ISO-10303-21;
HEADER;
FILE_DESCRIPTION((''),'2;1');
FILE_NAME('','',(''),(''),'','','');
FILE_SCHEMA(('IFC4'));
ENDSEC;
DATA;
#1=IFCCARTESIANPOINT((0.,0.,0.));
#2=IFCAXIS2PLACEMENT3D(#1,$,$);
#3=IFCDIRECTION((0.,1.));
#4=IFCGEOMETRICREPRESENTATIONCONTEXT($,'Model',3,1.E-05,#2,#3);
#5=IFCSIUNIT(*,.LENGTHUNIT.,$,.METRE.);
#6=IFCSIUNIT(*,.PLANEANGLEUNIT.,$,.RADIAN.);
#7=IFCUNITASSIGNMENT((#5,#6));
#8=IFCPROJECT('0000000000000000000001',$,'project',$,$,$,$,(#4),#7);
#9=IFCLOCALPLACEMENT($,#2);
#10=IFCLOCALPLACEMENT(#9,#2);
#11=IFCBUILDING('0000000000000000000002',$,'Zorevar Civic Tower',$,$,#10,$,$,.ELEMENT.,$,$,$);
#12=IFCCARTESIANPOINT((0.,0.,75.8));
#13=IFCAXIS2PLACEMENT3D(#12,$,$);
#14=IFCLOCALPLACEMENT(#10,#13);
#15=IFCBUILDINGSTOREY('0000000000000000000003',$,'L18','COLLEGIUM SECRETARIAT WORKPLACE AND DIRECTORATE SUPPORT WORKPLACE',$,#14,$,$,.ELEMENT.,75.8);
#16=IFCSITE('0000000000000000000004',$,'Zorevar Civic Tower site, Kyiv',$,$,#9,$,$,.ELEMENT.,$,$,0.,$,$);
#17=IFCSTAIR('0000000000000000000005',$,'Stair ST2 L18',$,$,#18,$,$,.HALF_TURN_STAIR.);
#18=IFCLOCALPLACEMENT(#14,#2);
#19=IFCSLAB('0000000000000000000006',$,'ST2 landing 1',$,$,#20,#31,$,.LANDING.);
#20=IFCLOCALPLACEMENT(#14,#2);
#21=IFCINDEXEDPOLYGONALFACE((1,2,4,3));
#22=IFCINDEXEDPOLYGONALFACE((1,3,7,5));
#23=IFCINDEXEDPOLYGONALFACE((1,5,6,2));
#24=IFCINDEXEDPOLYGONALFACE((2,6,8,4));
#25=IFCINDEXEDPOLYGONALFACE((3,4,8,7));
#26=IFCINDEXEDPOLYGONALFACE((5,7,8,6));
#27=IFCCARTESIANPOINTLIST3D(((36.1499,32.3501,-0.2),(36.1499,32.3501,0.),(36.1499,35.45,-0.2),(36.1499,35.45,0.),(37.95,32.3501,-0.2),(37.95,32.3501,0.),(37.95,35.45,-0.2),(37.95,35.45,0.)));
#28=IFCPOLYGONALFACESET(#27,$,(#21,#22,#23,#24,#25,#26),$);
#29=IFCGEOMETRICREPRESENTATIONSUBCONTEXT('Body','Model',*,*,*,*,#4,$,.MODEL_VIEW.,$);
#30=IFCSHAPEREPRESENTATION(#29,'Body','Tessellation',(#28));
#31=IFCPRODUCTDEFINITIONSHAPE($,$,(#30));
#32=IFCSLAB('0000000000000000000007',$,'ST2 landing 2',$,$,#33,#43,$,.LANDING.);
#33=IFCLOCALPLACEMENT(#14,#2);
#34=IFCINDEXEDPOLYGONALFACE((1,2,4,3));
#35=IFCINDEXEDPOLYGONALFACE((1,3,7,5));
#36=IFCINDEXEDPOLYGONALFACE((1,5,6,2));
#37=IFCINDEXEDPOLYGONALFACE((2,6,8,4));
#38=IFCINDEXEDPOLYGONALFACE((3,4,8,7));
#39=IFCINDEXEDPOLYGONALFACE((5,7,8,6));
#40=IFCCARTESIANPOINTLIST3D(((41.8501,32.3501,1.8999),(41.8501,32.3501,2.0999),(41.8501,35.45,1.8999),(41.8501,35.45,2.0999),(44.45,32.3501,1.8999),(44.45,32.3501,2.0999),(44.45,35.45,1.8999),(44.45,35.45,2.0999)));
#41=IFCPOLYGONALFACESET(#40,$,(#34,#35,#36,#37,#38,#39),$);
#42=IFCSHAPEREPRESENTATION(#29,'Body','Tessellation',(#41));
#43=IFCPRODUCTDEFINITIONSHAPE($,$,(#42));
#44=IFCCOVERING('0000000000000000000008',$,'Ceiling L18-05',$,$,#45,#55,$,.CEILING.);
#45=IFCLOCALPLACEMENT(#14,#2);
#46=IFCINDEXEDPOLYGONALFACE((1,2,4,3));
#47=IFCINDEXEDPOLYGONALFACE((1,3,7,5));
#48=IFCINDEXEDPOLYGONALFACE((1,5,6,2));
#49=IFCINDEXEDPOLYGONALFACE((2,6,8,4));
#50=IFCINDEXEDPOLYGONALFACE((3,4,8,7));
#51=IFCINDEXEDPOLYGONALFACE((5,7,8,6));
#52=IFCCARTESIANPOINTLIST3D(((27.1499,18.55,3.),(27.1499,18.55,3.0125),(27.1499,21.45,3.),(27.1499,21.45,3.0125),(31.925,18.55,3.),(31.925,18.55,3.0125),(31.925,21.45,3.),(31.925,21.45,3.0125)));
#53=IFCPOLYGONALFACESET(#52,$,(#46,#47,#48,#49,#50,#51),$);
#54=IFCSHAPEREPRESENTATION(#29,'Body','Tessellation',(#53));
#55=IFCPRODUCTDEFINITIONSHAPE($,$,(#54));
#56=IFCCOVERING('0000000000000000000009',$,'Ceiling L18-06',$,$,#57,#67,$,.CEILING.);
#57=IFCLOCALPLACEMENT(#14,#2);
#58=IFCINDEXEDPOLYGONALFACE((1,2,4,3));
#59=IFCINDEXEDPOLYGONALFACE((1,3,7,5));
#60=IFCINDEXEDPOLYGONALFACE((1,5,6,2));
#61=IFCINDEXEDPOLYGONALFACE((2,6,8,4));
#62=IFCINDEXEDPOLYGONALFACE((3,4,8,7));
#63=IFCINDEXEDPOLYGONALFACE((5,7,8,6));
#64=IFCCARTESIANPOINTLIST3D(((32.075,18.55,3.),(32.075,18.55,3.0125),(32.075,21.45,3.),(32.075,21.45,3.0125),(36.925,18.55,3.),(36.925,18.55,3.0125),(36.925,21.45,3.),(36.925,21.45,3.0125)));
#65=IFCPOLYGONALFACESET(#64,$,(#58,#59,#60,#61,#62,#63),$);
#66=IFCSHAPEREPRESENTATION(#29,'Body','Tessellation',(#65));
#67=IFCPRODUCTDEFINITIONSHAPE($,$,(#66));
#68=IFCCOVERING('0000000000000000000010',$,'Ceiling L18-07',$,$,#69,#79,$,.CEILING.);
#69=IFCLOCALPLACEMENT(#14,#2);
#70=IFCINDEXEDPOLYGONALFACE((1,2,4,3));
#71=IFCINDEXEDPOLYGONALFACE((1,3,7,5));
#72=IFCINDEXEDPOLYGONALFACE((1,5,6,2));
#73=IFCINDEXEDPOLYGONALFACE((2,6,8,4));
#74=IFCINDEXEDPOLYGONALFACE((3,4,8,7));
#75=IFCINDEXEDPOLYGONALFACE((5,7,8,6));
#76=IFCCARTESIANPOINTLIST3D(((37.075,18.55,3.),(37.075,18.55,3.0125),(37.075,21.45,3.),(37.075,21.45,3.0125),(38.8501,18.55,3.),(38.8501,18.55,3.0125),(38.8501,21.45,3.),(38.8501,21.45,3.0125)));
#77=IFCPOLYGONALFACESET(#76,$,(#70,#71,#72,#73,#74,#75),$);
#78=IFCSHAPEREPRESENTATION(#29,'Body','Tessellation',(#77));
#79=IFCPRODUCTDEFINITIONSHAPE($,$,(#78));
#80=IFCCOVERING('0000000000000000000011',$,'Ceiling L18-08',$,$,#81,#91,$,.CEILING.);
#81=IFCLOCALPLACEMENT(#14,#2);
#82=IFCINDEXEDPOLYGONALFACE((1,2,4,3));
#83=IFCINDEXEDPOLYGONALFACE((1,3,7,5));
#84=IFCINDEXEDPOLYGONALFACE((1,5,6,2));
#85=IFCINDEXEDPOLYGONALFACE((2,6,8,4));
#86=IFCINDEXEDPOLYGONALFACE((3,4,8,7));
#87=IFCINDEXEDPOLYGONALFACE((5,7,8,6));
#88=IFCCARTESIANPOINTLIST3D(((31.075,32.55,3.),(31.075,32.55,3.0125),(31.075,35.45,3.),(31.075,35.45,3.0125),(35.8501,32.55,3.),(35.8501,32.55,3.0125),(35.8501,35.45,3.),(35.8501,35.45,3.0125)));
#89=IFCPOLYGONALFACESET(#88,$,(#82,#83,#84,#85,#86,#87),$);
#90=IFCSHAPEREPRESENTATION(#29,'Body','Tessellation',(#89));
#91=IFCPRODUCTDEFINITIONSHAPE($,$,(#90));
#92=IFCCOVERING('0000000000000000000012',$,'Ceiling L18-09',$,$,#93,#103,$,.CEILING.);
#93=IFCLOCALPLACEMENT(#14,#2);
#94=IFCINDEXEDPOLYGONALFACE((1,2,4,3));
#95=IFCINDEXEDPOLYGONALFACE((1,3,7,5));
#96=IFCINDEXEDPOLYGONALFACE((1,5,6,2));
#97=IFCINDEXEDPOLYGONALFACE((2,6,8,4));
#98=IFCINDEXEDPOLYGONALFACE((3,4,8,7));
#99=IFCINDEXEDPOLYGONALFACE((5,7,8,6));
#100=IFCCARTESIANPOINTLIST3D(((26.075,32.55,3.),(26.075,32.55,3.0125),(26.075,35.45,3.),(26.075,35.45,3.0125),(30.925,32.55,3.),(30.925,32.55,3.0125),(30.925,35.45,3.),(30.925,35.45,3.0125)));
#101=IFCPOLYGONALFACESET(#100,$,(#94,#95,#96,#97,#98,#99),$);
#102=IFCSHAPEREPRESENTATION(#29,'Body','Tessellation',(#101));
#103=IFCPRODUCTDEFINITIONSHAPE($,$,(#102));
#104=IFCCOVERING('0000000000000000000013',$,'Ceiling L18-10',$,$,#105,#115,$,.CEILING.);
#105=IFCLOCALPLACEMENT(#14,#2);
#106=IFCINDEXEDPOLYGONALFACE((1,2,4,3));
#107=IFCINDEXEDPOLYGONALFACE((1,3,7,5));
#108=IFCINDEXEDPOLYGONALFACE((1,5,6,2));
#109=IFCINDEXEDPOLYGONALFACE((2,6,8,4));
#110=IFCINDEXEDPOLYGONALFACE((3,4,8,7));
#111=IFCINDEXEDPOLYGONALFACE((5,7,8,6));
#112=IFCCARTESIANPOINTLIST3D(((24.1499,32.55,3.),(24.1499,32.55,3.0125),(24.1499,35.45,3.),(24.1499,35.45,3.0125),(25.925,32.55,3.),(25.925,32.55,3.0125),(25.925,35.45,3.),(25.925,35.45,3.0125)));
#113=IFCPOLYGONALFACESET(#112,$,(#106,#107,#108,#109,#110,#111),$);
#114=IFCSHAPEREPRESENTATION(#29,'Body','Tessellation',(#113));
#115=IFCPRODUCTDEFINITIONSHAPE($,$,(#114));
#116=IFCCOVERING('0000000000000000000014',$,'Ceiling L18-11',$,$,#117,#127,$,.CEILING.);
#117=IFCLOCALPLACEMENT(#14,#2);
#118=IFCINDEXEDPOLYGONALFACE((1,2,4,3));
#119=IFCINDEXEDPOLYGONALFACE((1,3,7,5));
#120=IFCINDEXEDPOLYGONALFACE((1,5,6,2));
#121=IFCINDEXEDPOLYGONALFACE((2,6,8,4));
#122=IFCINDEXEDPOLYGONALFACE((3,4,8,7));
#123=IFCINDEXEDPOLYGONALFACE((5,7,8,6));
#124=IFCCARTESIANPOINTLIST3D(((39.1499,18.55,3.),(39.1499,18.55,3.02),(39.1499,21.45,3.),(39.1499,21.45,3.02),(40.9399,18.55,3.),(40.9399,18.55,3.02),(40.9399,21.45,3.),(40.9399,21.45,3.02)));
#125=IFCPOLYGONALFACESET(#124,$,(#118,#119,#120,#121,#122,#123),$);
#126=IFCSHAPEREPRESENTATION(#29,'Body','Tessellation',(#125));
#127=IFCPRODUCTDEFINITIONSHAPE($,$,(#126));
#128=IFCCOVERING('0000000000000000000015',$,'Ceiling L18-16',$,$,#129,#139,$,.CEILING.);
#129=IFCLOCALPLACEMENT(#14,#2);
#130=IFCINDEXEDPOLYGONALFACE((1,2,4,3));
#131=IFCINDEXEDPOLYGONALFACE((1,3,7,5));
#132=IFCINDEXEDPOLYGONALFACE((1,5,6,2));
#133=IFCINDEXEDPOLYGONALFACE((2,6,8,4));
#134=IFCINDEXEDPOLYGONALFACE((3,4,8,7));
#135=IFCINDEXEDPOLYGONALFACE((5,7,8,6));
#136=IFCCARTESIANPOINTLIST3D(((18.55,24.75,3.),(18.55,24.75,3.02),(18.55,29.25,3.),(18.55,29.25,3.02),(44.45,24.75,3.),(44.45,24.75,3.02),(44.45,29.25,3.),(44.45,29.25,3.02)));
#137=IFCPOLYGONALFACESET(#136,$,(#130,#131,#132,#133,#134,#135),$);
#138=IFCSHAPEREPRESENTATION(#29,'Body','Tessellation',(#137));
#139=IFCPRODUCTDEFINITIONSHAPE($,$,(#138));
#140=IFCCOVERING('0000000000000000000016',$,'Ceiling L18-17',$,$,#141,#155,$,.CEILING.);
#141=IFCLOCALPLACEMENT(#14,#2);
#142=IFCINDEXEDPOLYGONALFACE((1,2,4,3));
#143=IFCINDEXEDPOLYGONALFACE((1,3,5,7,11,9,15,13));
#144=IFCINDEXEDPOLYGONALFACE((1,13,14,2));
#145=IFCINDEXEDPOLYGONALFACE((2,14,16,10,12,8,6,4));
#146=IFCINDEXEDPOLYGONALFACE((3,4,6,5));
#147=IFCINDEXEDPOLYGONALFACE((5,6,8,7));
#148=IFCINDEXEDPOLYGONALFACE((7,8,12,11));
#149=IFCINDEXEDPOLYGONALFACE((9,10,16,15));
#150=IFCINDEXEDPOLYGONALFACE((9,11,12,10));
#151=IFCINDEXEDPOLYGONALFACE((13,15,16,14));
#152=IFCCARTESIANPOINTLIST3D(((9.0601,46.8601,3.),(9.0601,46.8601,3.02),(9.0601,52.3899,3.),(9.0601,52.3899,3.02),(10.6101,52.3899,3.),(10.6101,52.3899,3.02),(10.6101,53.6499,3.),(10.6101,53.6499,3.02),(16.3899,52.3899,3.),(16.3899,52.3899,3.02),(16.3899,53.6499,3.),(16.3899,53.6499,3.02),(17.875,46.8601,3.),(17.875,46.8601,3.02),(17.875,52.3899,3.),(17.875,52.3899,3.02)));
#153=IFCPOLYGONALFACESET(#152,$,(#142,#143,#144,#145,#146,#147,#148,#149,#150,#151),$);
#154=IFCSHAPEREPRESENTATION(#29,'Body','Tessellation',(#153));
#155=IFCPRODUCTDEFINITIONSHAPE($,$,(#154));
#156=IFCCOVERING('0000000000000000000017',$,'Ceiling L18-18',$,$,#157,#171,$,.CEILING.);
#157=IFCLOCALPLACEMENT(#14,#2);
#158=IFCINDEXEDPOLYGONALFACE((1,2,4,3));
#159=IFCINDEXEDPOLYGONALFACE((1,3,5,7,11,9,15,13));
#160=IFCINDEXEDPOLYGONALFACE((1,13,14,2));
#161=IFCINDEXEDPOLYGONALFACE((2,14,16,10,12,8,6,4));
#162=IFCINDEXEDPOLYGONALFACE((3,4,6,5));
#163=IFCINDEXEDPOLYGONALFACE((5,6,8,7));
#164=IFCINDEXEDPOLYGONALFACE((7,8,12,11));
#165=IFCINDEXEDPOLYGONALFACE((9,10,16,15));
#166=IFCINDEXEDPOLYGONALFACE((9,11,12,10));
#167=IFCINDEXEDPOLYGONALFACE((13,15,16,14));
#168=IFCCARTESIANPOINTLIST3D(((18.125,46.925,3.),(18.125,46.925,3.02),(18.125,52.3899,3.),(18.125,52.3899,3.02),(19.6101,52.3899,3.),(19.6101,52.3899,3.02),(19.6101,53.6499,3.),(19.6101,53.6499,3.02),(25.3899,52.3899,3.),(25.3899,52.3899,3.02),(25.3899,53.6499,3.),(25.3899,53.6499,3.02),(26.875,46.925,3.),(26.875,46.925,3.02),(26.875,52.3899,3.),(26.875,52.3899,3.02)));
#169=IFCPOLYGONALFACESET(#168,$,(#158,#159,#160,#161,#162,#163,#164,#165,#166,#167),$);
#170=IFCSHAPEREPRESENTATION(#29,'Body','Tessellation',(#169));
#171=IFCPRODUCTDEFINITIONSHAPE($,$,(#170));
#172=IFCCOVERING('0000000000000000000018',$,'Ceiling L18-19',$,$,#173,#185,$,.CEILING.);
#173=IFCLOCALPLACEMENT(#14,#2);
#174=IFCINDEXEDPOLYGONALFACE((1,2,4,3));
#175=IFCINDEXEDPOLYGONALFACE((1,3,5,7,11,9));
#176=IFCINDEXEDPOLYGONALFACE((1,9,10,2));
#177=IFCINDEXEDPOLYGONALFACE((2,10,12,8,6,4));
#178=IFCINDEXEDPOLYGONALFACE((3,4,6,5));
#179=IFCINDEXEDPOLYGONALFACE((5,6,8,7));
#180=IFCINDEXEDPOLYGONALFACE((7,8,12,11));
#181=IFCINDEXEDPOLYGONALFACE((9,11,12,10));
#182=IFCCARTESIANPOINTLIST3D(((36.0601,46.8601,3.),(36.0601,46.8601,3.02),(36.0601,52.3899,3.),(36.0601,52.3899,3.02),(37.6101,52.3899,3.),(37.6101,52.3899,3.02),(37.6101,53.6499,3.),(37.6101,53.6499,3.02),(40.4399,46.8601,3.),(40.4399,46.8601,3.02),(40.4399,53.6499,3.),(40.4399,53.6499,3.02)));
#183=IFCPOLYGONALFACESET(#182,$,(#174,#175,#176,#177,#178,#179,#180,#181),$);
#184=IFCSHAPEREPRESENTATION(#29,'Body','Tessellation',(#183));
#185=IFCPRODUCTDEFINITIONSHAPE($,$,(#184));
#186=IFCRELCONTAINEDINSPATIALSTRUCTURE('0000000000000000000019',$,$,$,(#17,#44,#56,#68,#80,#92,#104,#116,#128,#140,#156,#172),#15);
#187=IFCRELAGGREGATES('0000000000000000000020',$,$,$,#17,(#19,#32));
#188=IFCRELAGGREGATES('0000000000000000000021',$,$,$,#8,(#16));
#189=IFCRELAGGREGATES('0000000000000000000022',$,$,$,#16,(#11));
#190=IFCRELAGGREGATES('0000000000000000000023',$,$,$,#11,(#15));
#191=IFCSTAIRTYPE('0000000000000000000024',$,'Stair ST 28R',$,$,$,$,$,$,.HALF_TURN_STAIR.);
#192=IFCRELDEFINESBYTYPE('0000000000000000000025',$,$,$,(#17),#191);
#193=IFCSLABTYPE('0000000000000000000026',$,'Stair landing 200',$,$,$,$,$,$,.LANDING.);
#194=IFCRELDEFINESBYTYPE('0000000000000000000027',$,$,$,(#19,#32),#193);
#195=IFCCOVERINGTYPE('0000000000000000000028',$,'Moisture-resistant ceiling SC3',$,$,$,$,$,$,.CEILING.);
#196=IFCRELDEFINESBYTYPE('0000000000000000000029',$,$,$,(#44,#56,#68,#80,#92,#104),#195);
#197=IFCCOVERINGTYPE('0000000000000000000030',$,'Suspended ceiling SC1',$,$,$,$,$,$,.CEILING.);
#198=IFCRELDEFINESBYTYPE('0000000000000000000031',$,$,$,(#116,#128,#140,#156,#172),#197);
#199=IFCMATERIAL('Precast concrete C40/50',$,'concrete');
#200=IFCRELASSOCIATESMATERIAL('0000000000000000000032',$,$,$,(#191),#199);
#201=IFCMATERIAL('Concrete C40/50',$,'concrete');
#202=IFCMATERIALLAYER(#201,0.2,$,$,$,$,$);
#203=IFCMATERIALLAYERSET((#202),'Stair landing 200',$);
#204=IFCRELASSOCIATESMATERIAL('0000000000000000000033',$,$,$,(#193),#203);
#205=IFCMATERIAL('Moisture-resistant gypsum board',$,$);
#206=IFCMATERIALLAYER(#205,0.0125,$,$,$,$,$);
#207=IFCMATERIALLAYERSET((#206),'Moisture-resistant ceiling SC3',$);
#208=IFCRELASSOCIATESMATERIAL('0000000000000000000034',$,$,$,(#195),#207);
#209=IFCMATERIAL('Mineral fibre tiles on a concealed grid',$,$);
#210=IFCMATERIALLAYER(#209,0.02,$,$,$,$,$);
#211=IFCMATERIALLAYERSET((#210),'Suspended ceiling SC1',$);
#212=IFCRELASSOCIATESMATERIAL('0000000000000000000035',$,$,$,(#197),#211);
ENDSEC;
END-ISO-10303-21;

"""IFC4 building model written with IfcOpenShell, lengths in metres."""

from ifc_helpers import new_model, si_unit, direction, frame, origin, place, context, subcontext, project, spatial, polyline, outline, extrude, material, layer, layer_set, type_object, element, aggregate, save


model = new_model("IFC4")

# Units and contexts
model_context = context("Model", 3, precision=1e-05, world=origin(), true_north=direction((0.0, 1.0)))
body_context = subcontext(model_context, "Body", "Model", "MODEL_VIEW")
ifc_project = project(units=[si_unit("LENGTHUNIT", "METRE"), si_unit("PLANEANGLEUNIT", "RADIAN")], contexts=[model_context])

# Site, building, storey
site_placement = place(None, origin())
site = spatial("IfcSite", under=ifc_project, at=site_placement, Name="Zorevar Civic Tower site, Kyiv", CompositionType="ELEMENT", RefElevation=0.0)
building_placement = place(site_placement, origin())
building = spatial("IfcBuilding", under=site, at=building_placement, Name="Zorevar Civic Tower", CompositionType="ELEMENT")
storey_placement = place(building_placement, frame((0.0, 0.0, 75.8)))
storey = spatial("IfcBuildingStorey", under=building, at=storey_placement, Name="L18", Description="COLLEGIUM SECRETARIAT WORKPLACE AND DIRECTORATE SUPPORT WORKPLACE", CompositionType="ELEMENT", Elevation=75.8)

# Stair, slabs
ifc_material_1 = material(Name="Precast concrete C40/50", Category="concrete")
stair_type = type_object("IfcStairType", Name="Stair ST 28R", PredefinedType="HALF_TURN_STAIR", material=ifc_material_1)
ifc_material_2 = material(Name="Concrete C40/50", Category="concrete")
ifc_layer_1 = layer(ifc_material_2, 0.2)
ifc_layer_set_1 = layer_set([ifc_layer_1], Name="Stair landing 200")
slab_type_1 = type_object("IfcSlabType", Name="Stair landing 200", PredefinedType="LANDING", material=ifc_layer_set_1)
stair_1_placement = place(storey_placement, origin())
stair_1 = element("IfcStair", 1, at=stair_1_placement, inside=storey, type_object=stair_type, Name="Stair ST2 L18", PredefinedType="HALF_TURN_STAIR")
slab_1_placement = place(storey_placement, frame((0.0, 0.0, -0.2)))
slab_1 = element("IfcSlab", 2, at=slab_1_placement, type_object=slab_type_1, Name="ST2 landing 1", PredefinedType="LANDING", context=body_context, shape_type="SweptSolid", body=[
    extrude(outline(polyline([(37.95, 32.3501), (36.1499, 32.3501), (36.1499, 35.45), (37.95, 35.45), (37.95, 32.3501)])), origin(), (0.0, 0.0, 1.0), 0.2),
])
slab_2_placement = place(storey_placement, frame((0.0, 0.0, 1.8999)))
slab_2 = element("IfcSlab", 3, at=slab_2_placement, type_object=slab_type_1, Name="ST2 landing 2", PredefinedType="LANDING", context=body_context, shape_type="SweptSolid", body=[
    extrude(outline(polyline([(44.45, 32.3501), (41.8501, 32.3501), (41.8501, 35.45), (44.45, 35.45), (44.45, 32.3501)])), origin(), (0.0, 0.0, 1.0), 0.2),
])
aggregate(stair_1, [slab_1, slab_2])

# Coverings
ifc_material_3 = material(Name="Moisture-resistant gypsum board")
ifc_layer_2 = layer(ifc_material_3, 0.0125)
ifc_layer_set_2 = layer_set([ifc_layer_2], Name="Moisture-resistant ceiling SC3")
covering_type_1 = type_object("IfcCoveringType", Name="Moisture-resistant ceiling SC3", PredefinedType="CEILING", material=ifc_layer_set_2)
covering_1_placement = place(storey_placement, frame((0.0, 0.0, 3.0)))
element("IfcCovering", 4, at=covering_1_placement, inside=storey, type_object=covering_type_1, Name="Ceiling L18-05", PredefinedType="CEILING", context=body_context, shape_type="SweptSolid", body=[
    extrude(outline(polyline([(31.925, 18.55), (31.925, 21.45), (27.1499, 21.45), (27.1499, 18.55), (31.925, 18.55)])), origin(), (0.0, 0.0, 1.0), 0.0125),
])
covering_2_placement = place(storey_placement, frame((0.0, 0.0, 3.0)))
element("IfcCovering", 5, at=covering_2_placement, inside=storey, type_object=covering_type_1, Name="Ceiling L18-06", PredefinedType="CEILING", context=body_context, shape_type="SweptSolid", body=[
    extrude(outline(polyline([(36.925, 18.55), (36.925, 21.45), (32.075, 21.45), (32.075, 18.55), (36.925, 18.55)])), origin(), (0.0, 0.0, 1.0), 0.0125),
])
covering_3_placement = place(storey_placement, frame((0.0, 0.0, 3.0)))
element("IfcCovering", 6, at=covering_3_placement, inside=storey, type_object=covering_type_1, Name="Ceiling L18-07", PredefinedType="CEILING", context=body_context, shape_type="SweptSolid", body=[
    extrude(outline(polyline([(38.8501, 18.55), (38.8501, 21.45), (37.075, 21.45), (37.075, 18.55), (38.8501, 18.55)])), origin(), (0.0, 0.0, 1.0), 0.0125),
])
covering_4_placement = place(storey_placement, frame((0.0, 0.0, 3.0)))
element("IfcCovering", 7, at=covering_4_placement, inside=storey, type_object=covering_type_1, Name="Ceiling L18-08", PredefinedType="CEILING", context=body_context, shape_type="SweptSolid", body=[
    extrude(outline(polyline([(35.8501, 32.55), (35.8501, 35.45), (31.075, 35.45), (31.075, 32.55), (35.8501, 32.55)])), origin(), (0.0, 0.0, 1.0), 0.0125),
])
covering_5_placement = place(storey_placement, frame((0.0, 0.0, 3.0)))
element("IfcCovering", 8, at=covering_5_placement, inside=storey, type_object=covering_type_1, Name="Ceiling L18-09", PredefinedType="CEILING", context=body_context, shape_type="SweptSolid", body=[
    extrude(outline(polyline([(30.925, 32.55), (30.925, 35.45), (26.075, 35.45), (26.075, 32.55), (30.925, 32.55)])), origin(), (0.0, 0.0, 1.0), 0.0125),
])
covering_6_placement = place(storey_placement, frame((0.0, 0.0, 3.0)))
element("IfcCovering", 9, at=covering_6_placement, inside=storey, type_object=covering_type_1, Name="Ceiling L18-10", PredefinedType="CEILING", context=body_context, shape_type="SweptSolid", body=[
    extrude(outline(polyline([(25.925, 32.55), (25.925, 35.45), (24.1499, 35.45), (24.1499, 32.55), (25.925, 32.55)])), origin(), (0.0, 0.0, 1.0), 0.0125),
])
ifc_material_4 = material(Name="Mineral fibre tiles on a concealed grid")
ifc_layer_3 = layer(ifc_material_4, 0.02)
ifc_layer_set_3 = layer_set([ifc_layer_3], Name="Suspended ceiling SC1")
covering_type_2 = type_object("IfcCoveringType", Name="Suspended ceiling SC1", PredefinedType="CEILING", material=ifc_layer_set_3)
covering_7_placement = place(storey_placement, frame((0.0, 0.0, 3.0)))
element("IfcCovering", 10, at=covering_7_placement, inside=storey, type_object=covering_type_2, Name="Ceiling L18-11", PredefinedType="CEILING", context=body_context, shape_type="SweptSolid", body=[
    extrude(outline(polyline([(40.9399, 18.55), (40.9399, 21.45), (39.1499, 21.45), (39.1499, 18.55), (40.9399, 18.55)])), origin(), (0.0, 0.0, 1.0), 0.02),
])
covering_8_placement = place(storey_placement, frame((0.0, 0.0, 3.0)))
element("IfcCovering", 11, at=covering_8_placement, inside=storey, type_object=covering_type_2, Name="Ceiling L18-16", PredefinedType="CEILING", context=body_context, shape_type="SweptSolid", body=[
    extrude(outline(polyline([(44.45, 24.75), (44.45, 29.25), (18.55, 29.25), (18.55, 24.75), (44.45, 24.75)])), origin(), (0.0, 0.0, 1.0), 0.02),
])
covering_9_placement = place(storey_placement, frame((0.0, 0.0, 3.0)))
element("IfcCovering", 12, at=covering_9_placement, inside=storey, type_object=covering_type_2, Name="Ceiling L18-17", PredefinedType="CEILING", context=body_context, shape_type="SweptSolid", body=[
    extrude(outline(polyline([(10.6101, 52.3899), (10.6101, 53.6499), (16.3899, 53.6499), (16.3899, 52.3899), (17.875, 52.3899), (17.875, 46.8601), (9.0601, 46.8601), (9.0601, 52.3899), (10.6101, 52.3899)])), origin(), (0.0, 0.0, 1.0), 0.02),
])
covering_10_placement = place(storey_placement, frame((0.0, 0.0, 3.0)))
element("IfcCovering", 13, at=covering_10_placement, inside=storey, type_object=covering_type_2, Name="Ceiling L18-18", PredefinedType="CEILING", context=body_context, shape_type="SweptSolid", body=[
    extrude(outline(polyline([(19.6101, 52.3899), (19.6101, 53.6499), (25.3899, 53.6499), (25.3899, 52.3899), (26.875, 52.3899), (26.875, 46.925), (18.125, 46.925), (18.125, 52.3899), (19.6101, 52.3899)])), origin(), (0.0, 0.0, 1.0), 0.02),
])
covering_11_placement = place(storey_placement, frame((0.0, 0.0, 3.0)))
element("IfcCovering", 14, at=covering_11_placement, inside=storey, type_object=covering_type_2, Name="Ceiling L18-19", PredefinedType="CEILING", context=body_context, shape_type="SweptSolid", body=[
    extrude(outline(polyline([(36.0601, 46.8601), (36.0601, 52.3899), (37.6101, 52.3899), (37.6101, 53.6499), (40.4399, 53.6499), (40.4399, 46.8601), (36.0601, 46.8601)])), origin(), (0.0, 0.0, 1.0), 0.02),
])

save(model, "model.ifc")
